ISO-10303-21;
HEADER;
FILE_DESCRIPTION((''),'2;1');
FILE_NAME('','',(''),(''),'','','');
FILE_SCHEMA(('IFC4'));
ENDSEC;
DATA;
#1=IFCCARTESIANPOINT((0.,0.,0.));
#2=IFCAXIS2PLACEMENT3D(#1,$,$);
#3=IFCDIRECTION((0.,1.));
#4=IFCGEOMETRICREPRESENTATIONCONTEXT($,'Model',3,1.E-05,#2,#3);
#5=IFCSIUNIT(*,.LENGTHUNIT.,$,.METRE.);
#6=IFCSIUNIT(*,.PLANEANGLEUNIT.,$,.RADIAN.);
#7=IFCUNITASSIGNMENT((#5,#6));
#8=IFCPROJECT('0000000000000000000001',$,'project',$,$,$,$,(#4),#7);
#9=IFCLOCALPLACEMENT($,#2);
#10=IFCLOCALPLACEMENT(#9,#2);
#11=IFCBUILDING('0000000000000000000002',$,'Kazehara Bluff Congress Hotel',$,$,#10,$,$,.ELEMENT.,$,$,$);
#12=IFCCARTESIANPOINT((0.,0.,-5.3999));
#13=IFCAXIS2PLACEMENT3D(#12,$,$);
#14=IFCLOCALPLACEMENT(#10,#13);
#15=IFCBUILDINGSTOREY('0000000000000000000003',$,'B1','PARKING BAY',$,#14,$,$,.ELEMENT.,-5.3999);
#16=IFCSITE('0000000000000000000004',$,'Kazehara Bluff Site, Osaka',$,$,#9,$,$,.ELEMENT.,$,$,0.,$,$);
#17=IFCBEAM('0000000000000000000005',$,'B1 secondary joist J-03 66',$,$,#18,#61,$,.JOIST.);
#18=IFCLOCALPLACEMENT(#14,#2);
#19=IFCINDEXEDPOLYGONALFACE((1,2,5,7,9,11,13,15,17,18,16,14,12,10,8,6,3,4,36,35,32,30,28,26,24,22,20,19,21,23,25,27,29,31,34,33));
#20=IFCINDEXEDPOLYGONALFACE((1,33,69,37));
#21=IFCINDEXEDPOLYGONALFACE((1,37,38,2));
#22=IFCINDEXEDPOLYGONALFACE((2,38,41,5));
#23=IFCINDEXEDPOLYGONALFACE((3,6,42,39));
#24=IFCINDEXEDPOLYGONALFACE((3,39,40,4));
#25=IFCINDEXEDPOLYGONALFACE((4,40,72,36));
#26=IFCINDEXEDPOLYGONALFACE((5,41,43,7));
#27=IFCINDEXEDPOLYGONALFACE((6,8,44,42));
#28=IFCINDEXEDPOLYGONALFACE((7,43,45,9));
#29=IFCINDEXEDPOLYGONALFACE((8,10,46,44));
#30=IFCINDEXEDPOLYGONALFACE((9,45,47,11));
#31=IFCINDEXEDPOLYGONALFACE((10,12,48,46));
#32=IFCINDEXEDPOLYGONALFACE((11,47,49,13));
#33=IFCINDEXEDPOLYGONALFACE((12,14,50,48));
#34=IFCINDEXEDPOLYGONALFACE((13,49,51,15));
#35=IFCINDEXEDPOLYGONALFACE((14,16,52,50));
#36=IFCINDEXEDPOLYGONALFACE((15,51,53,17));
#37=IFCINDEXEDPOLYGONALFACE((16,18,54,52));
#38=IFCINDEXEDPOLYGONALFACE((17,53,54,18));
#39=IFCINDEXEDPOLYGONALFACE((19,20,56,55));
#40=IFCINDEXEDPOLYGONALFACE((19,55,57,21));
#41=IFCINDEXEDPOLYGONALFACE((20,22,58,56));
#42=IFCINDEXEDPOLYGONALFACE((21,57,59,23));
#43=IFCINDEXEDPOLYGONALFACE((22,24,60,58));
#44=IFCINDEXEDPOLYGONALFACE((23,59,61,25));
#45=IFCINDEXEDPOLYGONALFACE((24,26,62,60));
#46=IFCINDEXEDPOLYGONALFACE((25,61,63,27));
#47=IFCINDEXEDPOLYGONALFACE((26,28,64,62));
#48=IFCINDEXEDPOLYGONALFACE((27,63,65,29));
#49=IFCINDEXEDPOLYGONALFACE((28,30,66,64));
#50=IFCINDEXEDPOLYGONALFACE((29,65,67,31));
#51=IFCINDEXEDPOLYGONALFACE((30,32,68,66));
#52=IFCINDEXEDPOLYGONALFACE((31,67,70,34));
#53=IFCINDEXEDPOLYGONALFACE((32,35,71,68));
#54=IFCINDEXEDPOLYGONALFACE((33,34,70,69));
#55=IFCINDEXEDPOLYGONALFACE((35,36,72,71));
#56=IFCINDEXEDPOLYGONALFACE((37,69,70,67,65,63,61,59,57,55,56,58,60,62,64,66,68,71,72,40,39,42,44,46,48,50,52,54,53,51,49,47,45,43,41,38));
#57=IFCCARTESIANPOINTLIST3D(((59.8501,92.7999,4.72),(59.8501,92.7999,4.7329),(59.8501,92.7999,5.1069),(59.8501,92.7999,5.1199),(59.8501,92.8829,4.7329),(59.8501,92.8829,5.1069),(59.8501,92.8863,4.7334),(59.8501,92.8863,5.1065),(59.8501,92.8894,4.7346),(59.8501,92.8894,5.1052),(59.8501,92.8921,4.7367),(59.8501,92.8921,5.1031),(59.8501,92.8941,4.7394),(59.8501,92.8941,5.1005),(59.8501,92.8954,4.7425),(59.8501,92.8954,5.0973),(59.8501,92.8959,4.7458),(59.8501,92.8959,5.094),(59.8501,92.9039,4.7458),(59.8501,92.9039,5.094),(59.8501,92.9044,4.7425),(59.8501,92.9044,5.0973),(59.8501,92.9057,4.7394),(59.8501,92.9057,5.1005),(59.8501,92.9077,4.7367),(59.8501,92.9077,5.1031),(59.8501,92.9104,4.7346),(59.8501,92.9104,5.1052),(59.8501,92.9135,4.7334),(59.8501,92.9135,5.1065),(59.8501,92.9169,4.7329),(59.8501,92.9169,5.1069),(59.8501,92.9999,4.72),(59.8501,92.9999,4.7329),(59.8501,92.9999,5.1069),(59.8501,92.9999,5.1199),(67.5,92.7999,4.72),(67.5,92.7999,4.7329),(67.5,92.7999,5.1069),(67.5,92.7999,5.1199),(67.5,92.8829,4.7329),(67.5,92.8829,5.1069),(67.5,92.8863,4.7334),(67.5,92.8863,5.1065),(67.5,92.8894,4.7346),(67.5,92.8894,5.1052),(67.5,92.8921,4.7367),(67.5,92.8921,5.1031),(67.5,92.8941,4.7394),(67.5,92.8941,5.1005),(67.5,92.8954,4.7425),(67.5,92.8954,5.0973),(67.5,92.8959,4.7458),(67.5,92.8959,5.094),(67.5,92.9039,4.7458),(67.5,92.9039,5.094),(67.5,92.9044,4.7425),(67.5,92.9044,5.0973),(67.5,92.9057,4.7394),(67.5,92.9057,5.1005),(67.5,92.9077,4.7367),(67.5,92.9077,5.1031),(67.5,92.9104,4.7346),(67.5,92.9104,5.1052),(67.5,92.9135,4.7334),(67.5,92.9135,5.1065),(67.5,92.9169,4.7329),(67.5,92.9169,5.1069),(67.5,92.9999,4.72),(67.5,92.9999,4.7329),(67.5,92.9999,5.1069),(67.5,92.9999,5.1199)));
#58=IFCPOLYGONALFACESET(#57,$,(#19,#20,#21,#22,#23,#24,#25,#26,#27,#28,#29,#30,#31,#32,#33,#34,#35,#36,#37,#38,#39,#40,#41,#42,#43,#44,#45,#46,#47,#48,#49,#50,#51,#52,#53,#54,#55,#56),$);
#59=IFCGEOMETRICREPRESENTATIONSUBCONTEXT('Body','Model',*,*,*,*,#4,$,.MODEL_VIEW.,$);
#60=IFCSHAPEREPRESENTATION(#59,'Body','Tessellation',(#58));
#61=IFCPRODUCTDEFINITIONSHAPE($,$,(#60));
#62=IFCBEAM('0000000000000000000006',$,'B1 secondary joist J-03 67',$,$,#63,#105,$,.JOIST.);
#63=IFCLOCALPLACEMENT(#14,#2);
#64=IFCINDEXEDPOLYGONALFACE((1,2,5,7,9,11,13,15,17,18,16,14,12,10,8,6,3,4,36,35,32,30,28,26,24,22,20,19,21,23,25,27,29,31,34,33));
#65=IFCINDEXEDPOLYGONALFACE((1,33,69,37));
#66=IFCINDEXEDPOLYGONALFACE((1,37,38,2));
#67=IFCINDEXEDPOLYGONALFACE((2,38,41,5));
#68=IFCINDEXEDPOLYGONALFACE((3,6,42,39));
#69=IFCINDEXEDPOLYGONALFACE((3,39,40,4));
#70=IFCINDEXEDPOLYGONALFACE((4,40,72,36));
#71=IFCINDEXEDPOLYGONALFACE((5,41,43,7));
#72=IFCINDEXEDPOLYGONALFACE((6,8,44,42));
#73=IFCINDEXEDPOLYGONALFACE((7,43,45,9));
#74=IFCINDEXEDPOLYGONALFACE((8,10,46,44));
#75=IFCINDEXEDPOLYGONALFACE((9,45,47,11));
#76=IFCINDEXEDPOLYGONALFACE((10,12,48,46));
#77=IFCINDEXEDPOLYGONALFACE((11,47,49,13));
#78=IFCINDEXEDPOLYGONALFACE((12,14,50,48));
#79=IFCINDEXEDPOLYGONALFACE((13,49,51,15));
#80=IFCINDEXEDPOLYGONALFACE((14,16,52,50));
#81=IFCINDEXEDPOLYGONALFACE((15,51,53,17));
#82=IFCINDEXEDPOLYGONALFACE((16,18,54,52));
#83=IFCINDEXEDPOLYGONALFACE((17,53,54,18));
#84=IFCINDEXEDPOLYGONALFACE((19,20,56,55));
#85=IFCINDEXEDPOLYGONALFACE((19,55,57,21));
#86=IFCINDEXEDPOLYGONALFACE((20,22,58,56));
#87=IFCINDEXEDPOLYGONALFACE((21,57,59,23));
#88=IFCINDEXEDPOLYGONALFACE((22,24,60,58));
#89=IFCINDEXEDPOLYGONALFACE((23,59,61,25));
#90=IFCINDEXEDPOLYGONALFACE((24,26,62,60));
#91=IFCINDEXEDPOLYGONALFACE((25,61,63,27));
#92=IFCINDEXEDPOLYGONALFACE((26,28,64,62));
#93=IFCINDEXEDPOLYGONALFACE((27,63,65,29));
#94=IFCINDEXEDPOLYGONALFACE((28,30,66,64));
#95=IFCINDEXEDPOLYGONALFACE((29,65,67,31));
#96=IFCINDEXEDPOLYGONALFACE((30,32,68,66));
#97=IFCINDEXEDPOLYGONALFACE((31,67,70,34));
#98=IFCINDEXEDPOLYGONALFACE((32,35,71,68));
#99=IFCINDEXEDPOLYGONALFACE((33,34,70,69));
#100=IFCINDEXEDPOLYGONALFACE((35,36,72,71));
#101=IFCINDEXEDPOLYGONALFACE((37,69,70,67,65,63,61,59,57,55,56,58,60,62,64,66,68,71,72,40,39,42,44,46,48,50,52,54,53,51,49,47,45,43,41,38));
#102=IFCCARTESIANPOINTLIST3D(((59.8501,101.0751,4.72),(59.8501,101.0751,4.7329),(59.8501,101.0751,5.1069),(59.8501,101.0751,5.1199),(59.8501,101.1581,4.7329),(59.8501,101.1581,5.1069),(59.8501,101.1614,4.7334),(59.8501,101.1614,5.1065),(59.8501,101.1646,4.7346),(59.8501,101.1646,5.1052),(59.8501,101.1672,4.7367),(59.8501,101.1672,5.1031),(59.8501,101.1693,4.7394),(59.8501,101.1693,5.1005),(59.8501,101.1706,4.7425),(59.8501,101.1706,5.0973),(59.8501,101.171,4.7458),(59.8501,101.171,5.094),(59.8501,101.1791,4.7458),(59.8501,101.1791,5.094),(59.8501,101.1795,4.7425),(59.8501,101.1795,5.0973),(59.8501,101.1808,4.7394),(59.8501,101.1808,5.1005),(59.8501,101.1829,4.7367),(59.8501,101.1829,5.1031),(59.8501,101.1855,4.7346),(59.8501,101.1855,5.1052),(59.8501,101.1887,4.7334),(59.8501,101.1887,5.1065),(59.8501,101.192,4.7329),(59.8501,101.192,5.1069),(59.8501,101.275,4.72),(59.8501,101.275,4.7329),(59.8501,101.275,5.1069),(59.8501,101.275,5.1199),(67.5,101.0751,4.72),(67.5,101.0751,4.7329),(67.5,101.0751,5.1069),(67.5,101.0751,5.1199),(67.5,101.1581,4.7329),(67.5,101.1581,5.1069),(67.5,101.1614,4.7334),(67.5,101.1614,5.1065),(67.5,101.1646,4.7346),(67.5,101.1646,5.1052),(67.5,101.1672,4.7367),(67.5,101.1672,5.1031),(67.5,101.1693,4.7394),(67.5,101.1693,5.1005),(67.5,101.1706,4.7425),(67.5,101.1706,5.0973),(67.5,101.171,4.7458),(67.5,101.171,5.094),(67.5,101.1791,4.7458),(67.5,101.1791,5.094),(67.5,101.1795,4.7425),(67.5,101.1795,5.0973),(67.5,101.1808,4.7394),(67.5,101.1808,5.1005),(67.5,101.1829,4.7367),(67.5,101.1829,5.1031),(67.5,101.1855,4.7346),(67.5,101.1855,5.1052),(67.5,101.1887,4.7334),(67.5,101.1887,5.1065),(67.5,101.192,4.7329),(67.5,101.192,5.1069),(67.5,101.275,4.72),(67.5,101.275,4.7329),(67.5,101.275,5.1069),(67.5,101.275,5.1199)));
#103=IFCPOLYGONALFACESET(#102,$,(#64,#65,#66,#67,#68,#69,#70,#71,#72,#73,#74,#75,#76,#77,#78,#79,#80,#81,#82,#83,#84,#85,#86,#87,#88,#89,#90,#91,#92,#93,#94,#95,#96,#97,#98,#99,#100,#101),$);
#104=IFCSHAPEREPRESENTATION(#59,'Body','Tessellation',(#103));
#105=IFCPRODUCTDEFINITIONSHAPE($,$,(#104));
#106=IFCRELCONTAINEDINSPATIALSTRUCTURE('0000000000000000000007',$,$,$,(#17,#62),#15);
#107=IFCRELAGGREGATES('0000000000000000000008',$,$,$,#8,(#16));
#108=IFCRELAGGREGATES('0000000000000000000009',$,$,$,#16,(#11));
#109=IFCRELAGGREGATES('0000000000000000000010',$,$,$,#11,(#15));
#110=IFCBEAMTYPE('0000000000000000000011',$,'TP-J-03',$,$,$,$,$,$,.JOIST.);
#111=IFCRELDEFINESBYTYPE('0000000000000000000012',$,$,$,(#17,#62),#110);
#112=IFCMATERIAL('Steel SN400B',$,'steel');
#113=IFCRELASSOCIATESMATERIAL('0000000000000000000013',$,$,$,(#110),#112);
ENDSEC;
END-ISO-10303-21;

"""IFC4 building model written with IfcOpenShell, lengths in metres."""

from ifc_helpers import new_model, si_unit, direction, frame, origin, origin_2d, place, context, subcontext, project, spatial, i_section, extrude, material, material_profile, profile_set, type_object, element, save


model = new_model("IFC4")

# Units and contexts
model_context = context("Model", 3, precision=1e-05, world=origin(), true_north=direction((0.0, 1.0)))
body_context = subcontext(model_context, "Body", "Model", "MODEL_VIEW")
ifc_project = project(units=[si_unit("LENGTHUNIT", "METRE"), si_unit("PLANEANGLEUNIT", "RADIAN")], contexts=[model_context])

# Site, building, storey
site_placement = place(None, origin())
site = spatial("IfcSite", under=ifc_project, at=site_placement, Name="Kazehara Bluff Site, Osaka", CompositionType="ELEMENT", RefElevation=0.0)
building_placement = place(site_placement, origin())
building = spatial("IfcBuilding", under=site, at=building_placement, Name="Kazehara Bluff Congress Hotel", CompositionType="ELEMENT")
storey_placement = place(building_placement, frame((0.0, 0.0, -5.3999)))
storey = spatial("IfcBuildingStorey", under=building, at=storey_placement, Name="B1", Description="PARKING BAY", CompositionType="ELEMENT", Elevation=-5.3999)

# Beams
ifc_material_1 = material(Name="Steel SN400B", Category="steel")
ifc_material_profile_1 = material_profile(ifc_material_1, i_section(OverallWidth=0.2, OverallDepth=0.3999, WebThickness=0.0081, FlangeThickness=0.0129, FilletRadius=0.0129, at=origin_2d()))
ifc_profile_set_1 = profile_set([ifc_material_profile_1], Name="Steel SN400B")
beam_type_1 = type_object("IfcBeamType", Name="TP-J-03", PredefinedType="JOIST", material=ifc_profile_set_1)
for number, where, z_axis, x_axis, name in (
    (1, (59.8501, 92.8999, 4.9199), (1.0, 0.0, 0.0), (0.0, 1.0, 0.0), "B1 secondary joist J-03 66"),
    (2, (59.8501, 101.175, 4.9199), (1.0, 0.0, 0.0), (0.0, 1.0, 0.0), "B1 secondary joist J-03 67"),
):
    element("IfcBeam", number, at=place(storey_placement, frame(where, z_axis=z_axis, x_axis=x_axis)), inside=storey, type_object=beam_type_1, Name=name, PredefinedType="JOIST", context=body_context, shape_type="SweptSolid", body=[
        extrude(i_section(OverallWidth=0.2, OverallDepth=0.3999, WebThickness=0.0081, FlangeThickness=0.0129, FilletRadius=0.0129, at=origin_2d()), origin(), (0.0, 0.0, 1.0), 7.6499),
    ])

save(model, "model.ifc")
